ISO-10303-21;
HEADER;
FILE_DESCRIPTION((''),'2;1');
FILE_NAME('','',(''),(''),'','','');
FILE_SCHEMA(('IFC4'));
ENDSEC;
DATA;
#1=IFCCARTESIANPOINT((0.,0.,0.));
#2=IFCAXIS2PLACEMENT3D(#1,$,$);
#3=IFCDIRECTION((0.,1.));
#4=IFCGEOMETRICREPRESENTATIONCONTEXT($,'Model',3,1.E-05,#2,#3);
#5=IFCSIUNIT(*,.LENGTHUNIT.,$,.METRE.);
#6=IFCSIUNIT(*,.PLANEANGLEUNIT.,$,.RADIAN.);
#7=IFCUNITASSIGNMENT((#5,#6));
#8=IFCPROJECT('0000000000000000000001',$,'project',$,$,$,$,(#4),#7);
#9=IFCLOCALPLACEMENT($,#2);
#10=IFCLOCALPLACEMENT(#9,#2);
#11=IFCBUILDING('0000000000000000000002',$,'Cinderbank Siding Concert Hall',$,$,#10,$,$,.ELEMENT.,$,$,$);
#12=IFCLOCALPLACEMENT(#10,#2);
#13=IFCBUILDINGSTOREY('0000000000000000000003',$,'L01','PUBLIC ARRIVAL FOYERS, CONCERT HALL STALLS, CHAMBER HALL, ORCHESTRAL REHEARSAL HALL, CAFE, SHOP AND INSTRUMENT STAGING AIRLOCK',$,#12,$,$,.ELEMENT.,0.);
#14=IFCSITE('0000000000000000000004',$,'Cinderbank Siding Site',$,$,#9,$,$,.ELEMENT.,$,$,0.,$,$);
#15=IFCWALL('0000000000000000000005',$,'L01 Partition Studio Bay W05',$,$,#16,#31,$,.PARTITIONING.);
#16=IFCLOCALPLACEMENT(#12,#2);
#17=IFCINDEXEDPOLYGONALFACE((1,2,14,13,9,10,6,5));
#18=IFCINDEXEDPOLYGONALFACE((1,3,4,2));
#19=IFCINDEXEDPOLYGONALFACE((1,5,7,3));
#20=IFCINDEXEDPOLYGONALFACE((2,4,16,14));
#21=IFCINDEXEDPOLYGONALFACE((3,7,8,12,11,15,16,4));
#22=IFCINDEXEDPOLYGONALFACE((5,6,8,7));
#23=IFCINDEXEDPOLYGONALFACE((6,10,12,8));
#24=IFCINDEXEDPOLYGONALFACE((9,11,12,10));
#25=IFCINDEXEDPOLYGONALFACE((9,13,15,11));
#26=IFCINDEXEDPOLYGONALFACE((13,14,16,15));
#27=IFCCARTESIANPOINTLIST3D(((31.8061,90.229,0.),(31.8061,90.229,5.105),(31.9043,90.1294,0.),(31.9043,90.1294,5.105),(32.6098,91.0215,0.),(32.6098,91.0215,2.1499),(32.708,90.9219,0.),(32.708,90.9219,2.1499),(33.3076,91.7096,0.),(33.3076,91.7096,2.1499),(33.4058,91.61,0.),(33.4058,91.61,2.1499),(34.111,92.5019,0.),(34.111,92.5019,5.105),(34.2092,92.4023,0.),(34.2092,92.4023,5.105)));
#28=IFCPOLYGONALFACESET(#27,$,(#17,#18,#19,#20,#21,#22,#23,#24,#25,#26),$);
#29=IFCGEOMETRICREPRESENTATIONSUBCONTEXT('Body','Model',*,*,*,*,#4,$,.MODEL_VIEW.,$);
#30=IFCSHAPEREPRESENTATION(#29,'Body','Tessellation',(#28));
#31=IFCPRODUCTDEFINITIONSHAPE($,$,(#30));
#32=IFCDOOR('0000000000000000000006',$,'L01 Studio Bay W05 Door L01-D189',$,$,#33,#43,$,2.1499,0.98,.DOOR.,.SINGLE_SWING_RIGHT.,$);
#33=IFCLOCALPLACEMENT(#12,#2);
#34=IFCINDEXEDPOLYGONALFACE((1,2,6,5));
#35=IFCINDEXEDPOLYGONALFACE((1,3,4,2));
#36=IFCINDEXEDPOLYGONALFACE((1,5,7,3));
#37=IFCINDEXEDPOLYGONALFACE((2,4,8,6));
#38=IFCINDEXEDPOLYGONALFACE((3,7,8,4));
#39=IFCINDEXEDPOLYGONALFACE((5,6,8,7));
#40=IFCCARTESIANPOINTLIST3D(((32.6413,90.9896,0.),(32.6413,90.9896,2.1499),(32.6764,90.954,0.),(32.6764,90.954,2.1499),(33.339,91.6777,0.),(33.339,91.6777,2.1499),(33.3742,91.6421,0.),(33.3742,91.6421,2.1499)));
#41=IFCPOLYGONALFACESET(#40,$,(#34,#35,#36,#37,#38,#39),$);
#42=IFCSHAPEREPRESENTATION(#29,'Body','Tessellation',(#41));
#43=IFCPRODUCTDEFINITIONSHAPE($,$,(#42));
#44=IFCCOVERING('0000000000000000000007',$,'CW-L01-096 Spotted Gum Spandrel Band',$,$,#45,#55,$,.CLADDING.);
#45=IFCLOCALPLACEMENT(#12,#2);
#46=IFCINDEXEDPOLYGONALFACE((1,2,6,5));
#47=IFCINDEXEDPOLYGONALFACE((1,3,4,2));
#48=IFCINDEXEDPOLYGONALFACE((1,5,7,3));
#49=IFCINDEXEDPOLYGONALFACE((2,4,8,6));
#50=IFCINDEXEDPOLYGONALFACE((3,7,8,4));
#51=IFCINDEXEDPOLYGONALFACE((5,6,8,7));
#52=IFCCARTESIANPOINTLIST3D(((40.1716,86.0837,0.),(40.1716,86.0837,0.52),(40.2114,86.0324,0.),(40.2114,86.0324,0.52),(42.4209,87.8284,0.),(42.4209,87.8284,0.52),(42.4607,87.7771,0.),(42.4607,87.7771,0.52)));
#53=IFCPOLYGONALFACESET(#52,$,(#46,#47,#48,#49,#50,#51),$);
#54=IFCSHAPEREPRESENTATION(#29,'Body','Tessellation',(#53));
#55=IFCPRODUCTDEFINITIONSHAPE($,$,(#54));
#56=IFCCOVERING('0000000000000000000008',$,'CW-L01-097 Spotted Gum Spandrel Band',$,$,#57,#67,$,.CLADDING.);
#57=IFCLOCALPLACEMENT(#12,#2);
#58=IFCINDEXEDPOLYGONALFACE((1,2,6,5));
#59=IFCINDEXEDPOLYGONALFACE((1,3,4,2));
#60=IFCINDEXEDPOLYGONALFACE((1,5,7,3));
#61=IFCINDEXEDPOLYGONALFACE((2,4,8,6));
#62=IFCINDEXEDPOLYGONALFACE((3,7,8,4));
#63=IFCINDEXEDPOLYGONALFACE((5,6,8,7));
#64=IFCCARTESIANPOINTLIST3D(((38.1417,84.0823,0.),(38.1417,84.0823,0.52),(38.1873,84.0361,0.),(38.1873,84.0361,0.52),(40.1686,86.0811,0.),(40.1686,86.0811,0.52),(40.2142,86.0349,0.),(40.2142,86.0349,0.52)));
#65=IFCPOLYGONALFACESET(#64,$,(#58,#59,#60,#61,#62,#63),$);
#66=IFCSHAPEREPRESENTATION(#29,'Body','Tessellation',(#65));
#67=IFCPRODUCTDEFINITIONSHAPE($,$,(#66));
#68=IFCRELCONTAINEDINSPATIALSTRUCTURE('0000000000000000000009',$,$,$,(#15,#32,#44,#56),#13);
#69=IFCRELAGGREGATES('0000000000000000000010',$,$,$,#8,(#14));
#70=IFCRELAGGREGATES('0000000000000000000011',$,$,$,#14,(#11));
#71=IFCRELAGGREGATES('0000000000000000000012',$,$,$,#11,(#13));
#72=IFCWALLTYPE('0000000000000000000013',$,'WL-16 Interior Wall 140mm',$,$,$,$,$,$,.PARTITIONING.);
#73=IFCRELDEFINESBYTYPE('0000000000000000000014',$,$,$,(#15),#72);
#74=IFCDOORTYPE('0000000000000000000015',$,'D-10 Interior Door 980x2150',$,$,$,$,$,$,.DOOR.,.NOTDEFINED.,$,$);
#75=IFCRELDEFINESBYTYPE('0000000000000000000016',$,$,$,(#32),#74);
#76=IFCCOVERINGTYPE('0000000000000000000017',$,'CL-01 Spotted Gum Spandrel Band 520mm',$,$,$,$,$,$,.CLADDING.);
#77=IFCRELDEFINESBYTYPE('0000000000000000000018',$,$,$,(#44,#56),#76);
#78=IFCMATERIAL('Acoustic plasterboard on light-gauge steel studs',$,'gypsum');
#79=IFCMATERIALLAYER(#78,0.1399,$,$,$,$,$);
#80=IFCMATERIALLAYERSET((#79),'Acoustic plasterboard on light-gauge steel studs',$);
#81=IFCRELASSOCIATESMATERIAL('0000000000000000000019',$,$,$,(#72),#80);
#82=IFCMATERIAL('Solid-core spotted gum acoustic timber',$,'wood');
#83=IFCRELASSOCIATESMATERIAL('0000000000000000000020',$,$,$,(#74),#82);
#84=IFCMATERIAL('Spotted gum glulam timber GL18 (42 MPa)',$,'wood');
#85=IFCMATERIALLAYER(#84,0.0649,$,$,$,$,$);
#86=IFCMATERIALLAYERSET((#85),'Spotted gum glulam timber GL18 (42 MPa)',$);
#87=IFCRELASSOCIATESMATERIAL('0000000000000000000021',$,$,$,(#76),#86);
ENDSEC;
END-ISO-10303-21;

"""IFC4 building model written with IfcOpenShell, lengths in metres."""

from ifc_helpers import new_model, si_unit, direction, frame, frame_2d, origin, origin_2d, place, context, subcontext, project, spatial, rectangle, extrude, material, layer, layer_set, type_object, element, fill, save


model = new_model("IFC4")

# Units and contexts
model_context = context("Model", 3, precision=1e-05, world=origin(), true_north=direction((0.0, 1.0)))
body_context = subcontext(model_context, "Body", "Model", "MODEL_VIEW")
ifc_project = project(units=[si_unit("LENGTHUNIT", "METRE"), si_unit("PLANEANGLEUNIT", "RADIAN")], contexts=[model_context])

# Site, building, storey
site_placement = place(None, origin())
site = spatial("IfcSite", under=ifc_project, at=site_placement, Name="Cinderbank Siding Site", CompositionType="ELEMENT", RefElevation=0.0)
building_placement = place(site_placement, origin())
building = spatial("IfcBuilding", under=site, at=building_placement, Name="Cinderbank Siding Concert Hall", CompositionType="ELEMENT")
storey_placement = place(building_placement, origin())
storey = spatial("IfcBuildingStorey", under=building, at=storey_placement, Name="L01", Description="PUBLIC ARRIVAL FOYERS, CONCERT HALL STALLS, CHAMBER HALL, ORCHESTRAL REHEARSAL HALL, CAFE, SHOP AND INSTRUMENT STAGING AIRLOCK", CompositionType="ELEMENT", Elevation=0.0)

# Wall, opening, door
ifc_material_1 = material(Name="Acoustic plasterboard on light-gauge steel studs", Category="gypsum")
ifc_layer_1 = layer(ifc_material_1, 0.1399)
ifc_layer_set_1 = layer_set([ifc_layer_1], Name="Acoustic plasterboard on light-gauge steel studs")
wall_type = type_object("IfcWallType", Name="WL-16 Interior Wall 140mm", PredefinedType="PARTITIONING", material=ifc_layer_set_1)
wall_placement = place(storey_placement, frame((34.1602, 92.4521, 0.0), z_axis=(0.0, 0.0, 1.0), x_axis=(-0.712029, -0.70215, 0.0)))
wall = element("IfcWall", 1, at=wall_placement, inside=storey, type_object=wall_type, Name="L01 Partition Studio Bay W05", PredefinedType="PARTITIONING", context=body_context, shape_type="SweptSolid", body=[
    extrude(rectangle(XDim=3.2371, YDim=0.1399, at=frame_2d((1.6187, 0.0))), origin(), (0.0, 0.0, 1.0), 5.105),
])
opening_placement = place(wall_placement, frame((1.1284, 0.0, 0.0)))
opening = element("IfcOpeningElement", 2, at=opening_placement, cuts=wall, PredefinedType="OPENING", context=body_context, shape_type="SweptSolid", body=[
    extrude(rectangle(XDim=0.98, YDim=2.1499, at=frame_2d((0.49, 1.075))), frame((0.0, 0.082, 0.0), z_axis=(0.0, -1.0, 0.0), x_axis=(1.0, 0.0, 0.0)), (0.0, 0.0, 1.0), 0.1638),
])
ifc_material_2 = material(Name="Solid-core spotted gum acoustic timber", Category="wood")
door_type = type_object("IfcDoorType", Name="D-10 Interior Door 980x2150", OperationType="NOTDEFINED", PredefinedType="DOOR", material=ifc_material_2)
door_placement = place(opening_placement, origin())
door = element("IfcDoor", 3, at=door_placement, inside=storey, type_object=door_type, Name="L01 Studio Bay W05 Door L01-D189", OperationType="SINGLE_SWING_RIGHT", OverallHeight=2.1499, OverallWidth=0.98, PredefinedType="DOOR", context=body_context, shape_type="SweptSolid", body=[
    extrude(rectangle(XDim=0.98, YDim=2.1499, at=frame_2d((0.49, 1.075))), frame((0.0, 0.0249, 0.0), z_axis=(0.0, -1.0, 0.0), x_axis=(1.0, 0.0, 0.0)), (0.0, 0.0, 1.0), 0.05),
])
fill(opening, door)

# Coverings
ifc_material_3 = material(Name="Spotted gum glulam timber GL18 (42 MPa)", Category="wood")
ifc_layer_2 = layer(ifc_material_3, 0.0649)
ifc_layer_set_2 = layer_set([ifc_layer_2], Name="Spotted gum glulam timber GL18 (42 MPa)")
covering_type = type_object("IfcCoveringType", Name="CL-01 Spotted Gum Spandrel Band 520mm", PredefinedType="CLADDING", material=ifc_layer_set_2)
for number, where, z_axis, x_axis, name in (
    (4, (41.3162, 86.9304, 0.0), (0.0, 0.0, 1.0), (-0.790161, -0.612899, 0.0), "CW-L01-096 Spotted Gum Spandrel Band"),
    (5, (39.178, 85.0586, 0.0), (0.0, 0.0, 1.0), (-0.712025, -0.702154, 0.0), "CW-L01-097 Spotted Gum Spandrel Band"),
):
    element("IfcCovering", number, at=place(storey_placement, frame(where, z_axis=z_axis, x_axis=x_axis)), inside=storey, type_object=covering_type, Name=name, PredefinedType="CLADDING", context=body_context, shape_type="SweptSolid", body=[
        extrude(rectangle(XDim=2.8467, YDim=0.0649, at=origin_2d()), origin(), (0.0, 0.0, 1.0), 0.52),
    ])

save(model, "model.ifc")
